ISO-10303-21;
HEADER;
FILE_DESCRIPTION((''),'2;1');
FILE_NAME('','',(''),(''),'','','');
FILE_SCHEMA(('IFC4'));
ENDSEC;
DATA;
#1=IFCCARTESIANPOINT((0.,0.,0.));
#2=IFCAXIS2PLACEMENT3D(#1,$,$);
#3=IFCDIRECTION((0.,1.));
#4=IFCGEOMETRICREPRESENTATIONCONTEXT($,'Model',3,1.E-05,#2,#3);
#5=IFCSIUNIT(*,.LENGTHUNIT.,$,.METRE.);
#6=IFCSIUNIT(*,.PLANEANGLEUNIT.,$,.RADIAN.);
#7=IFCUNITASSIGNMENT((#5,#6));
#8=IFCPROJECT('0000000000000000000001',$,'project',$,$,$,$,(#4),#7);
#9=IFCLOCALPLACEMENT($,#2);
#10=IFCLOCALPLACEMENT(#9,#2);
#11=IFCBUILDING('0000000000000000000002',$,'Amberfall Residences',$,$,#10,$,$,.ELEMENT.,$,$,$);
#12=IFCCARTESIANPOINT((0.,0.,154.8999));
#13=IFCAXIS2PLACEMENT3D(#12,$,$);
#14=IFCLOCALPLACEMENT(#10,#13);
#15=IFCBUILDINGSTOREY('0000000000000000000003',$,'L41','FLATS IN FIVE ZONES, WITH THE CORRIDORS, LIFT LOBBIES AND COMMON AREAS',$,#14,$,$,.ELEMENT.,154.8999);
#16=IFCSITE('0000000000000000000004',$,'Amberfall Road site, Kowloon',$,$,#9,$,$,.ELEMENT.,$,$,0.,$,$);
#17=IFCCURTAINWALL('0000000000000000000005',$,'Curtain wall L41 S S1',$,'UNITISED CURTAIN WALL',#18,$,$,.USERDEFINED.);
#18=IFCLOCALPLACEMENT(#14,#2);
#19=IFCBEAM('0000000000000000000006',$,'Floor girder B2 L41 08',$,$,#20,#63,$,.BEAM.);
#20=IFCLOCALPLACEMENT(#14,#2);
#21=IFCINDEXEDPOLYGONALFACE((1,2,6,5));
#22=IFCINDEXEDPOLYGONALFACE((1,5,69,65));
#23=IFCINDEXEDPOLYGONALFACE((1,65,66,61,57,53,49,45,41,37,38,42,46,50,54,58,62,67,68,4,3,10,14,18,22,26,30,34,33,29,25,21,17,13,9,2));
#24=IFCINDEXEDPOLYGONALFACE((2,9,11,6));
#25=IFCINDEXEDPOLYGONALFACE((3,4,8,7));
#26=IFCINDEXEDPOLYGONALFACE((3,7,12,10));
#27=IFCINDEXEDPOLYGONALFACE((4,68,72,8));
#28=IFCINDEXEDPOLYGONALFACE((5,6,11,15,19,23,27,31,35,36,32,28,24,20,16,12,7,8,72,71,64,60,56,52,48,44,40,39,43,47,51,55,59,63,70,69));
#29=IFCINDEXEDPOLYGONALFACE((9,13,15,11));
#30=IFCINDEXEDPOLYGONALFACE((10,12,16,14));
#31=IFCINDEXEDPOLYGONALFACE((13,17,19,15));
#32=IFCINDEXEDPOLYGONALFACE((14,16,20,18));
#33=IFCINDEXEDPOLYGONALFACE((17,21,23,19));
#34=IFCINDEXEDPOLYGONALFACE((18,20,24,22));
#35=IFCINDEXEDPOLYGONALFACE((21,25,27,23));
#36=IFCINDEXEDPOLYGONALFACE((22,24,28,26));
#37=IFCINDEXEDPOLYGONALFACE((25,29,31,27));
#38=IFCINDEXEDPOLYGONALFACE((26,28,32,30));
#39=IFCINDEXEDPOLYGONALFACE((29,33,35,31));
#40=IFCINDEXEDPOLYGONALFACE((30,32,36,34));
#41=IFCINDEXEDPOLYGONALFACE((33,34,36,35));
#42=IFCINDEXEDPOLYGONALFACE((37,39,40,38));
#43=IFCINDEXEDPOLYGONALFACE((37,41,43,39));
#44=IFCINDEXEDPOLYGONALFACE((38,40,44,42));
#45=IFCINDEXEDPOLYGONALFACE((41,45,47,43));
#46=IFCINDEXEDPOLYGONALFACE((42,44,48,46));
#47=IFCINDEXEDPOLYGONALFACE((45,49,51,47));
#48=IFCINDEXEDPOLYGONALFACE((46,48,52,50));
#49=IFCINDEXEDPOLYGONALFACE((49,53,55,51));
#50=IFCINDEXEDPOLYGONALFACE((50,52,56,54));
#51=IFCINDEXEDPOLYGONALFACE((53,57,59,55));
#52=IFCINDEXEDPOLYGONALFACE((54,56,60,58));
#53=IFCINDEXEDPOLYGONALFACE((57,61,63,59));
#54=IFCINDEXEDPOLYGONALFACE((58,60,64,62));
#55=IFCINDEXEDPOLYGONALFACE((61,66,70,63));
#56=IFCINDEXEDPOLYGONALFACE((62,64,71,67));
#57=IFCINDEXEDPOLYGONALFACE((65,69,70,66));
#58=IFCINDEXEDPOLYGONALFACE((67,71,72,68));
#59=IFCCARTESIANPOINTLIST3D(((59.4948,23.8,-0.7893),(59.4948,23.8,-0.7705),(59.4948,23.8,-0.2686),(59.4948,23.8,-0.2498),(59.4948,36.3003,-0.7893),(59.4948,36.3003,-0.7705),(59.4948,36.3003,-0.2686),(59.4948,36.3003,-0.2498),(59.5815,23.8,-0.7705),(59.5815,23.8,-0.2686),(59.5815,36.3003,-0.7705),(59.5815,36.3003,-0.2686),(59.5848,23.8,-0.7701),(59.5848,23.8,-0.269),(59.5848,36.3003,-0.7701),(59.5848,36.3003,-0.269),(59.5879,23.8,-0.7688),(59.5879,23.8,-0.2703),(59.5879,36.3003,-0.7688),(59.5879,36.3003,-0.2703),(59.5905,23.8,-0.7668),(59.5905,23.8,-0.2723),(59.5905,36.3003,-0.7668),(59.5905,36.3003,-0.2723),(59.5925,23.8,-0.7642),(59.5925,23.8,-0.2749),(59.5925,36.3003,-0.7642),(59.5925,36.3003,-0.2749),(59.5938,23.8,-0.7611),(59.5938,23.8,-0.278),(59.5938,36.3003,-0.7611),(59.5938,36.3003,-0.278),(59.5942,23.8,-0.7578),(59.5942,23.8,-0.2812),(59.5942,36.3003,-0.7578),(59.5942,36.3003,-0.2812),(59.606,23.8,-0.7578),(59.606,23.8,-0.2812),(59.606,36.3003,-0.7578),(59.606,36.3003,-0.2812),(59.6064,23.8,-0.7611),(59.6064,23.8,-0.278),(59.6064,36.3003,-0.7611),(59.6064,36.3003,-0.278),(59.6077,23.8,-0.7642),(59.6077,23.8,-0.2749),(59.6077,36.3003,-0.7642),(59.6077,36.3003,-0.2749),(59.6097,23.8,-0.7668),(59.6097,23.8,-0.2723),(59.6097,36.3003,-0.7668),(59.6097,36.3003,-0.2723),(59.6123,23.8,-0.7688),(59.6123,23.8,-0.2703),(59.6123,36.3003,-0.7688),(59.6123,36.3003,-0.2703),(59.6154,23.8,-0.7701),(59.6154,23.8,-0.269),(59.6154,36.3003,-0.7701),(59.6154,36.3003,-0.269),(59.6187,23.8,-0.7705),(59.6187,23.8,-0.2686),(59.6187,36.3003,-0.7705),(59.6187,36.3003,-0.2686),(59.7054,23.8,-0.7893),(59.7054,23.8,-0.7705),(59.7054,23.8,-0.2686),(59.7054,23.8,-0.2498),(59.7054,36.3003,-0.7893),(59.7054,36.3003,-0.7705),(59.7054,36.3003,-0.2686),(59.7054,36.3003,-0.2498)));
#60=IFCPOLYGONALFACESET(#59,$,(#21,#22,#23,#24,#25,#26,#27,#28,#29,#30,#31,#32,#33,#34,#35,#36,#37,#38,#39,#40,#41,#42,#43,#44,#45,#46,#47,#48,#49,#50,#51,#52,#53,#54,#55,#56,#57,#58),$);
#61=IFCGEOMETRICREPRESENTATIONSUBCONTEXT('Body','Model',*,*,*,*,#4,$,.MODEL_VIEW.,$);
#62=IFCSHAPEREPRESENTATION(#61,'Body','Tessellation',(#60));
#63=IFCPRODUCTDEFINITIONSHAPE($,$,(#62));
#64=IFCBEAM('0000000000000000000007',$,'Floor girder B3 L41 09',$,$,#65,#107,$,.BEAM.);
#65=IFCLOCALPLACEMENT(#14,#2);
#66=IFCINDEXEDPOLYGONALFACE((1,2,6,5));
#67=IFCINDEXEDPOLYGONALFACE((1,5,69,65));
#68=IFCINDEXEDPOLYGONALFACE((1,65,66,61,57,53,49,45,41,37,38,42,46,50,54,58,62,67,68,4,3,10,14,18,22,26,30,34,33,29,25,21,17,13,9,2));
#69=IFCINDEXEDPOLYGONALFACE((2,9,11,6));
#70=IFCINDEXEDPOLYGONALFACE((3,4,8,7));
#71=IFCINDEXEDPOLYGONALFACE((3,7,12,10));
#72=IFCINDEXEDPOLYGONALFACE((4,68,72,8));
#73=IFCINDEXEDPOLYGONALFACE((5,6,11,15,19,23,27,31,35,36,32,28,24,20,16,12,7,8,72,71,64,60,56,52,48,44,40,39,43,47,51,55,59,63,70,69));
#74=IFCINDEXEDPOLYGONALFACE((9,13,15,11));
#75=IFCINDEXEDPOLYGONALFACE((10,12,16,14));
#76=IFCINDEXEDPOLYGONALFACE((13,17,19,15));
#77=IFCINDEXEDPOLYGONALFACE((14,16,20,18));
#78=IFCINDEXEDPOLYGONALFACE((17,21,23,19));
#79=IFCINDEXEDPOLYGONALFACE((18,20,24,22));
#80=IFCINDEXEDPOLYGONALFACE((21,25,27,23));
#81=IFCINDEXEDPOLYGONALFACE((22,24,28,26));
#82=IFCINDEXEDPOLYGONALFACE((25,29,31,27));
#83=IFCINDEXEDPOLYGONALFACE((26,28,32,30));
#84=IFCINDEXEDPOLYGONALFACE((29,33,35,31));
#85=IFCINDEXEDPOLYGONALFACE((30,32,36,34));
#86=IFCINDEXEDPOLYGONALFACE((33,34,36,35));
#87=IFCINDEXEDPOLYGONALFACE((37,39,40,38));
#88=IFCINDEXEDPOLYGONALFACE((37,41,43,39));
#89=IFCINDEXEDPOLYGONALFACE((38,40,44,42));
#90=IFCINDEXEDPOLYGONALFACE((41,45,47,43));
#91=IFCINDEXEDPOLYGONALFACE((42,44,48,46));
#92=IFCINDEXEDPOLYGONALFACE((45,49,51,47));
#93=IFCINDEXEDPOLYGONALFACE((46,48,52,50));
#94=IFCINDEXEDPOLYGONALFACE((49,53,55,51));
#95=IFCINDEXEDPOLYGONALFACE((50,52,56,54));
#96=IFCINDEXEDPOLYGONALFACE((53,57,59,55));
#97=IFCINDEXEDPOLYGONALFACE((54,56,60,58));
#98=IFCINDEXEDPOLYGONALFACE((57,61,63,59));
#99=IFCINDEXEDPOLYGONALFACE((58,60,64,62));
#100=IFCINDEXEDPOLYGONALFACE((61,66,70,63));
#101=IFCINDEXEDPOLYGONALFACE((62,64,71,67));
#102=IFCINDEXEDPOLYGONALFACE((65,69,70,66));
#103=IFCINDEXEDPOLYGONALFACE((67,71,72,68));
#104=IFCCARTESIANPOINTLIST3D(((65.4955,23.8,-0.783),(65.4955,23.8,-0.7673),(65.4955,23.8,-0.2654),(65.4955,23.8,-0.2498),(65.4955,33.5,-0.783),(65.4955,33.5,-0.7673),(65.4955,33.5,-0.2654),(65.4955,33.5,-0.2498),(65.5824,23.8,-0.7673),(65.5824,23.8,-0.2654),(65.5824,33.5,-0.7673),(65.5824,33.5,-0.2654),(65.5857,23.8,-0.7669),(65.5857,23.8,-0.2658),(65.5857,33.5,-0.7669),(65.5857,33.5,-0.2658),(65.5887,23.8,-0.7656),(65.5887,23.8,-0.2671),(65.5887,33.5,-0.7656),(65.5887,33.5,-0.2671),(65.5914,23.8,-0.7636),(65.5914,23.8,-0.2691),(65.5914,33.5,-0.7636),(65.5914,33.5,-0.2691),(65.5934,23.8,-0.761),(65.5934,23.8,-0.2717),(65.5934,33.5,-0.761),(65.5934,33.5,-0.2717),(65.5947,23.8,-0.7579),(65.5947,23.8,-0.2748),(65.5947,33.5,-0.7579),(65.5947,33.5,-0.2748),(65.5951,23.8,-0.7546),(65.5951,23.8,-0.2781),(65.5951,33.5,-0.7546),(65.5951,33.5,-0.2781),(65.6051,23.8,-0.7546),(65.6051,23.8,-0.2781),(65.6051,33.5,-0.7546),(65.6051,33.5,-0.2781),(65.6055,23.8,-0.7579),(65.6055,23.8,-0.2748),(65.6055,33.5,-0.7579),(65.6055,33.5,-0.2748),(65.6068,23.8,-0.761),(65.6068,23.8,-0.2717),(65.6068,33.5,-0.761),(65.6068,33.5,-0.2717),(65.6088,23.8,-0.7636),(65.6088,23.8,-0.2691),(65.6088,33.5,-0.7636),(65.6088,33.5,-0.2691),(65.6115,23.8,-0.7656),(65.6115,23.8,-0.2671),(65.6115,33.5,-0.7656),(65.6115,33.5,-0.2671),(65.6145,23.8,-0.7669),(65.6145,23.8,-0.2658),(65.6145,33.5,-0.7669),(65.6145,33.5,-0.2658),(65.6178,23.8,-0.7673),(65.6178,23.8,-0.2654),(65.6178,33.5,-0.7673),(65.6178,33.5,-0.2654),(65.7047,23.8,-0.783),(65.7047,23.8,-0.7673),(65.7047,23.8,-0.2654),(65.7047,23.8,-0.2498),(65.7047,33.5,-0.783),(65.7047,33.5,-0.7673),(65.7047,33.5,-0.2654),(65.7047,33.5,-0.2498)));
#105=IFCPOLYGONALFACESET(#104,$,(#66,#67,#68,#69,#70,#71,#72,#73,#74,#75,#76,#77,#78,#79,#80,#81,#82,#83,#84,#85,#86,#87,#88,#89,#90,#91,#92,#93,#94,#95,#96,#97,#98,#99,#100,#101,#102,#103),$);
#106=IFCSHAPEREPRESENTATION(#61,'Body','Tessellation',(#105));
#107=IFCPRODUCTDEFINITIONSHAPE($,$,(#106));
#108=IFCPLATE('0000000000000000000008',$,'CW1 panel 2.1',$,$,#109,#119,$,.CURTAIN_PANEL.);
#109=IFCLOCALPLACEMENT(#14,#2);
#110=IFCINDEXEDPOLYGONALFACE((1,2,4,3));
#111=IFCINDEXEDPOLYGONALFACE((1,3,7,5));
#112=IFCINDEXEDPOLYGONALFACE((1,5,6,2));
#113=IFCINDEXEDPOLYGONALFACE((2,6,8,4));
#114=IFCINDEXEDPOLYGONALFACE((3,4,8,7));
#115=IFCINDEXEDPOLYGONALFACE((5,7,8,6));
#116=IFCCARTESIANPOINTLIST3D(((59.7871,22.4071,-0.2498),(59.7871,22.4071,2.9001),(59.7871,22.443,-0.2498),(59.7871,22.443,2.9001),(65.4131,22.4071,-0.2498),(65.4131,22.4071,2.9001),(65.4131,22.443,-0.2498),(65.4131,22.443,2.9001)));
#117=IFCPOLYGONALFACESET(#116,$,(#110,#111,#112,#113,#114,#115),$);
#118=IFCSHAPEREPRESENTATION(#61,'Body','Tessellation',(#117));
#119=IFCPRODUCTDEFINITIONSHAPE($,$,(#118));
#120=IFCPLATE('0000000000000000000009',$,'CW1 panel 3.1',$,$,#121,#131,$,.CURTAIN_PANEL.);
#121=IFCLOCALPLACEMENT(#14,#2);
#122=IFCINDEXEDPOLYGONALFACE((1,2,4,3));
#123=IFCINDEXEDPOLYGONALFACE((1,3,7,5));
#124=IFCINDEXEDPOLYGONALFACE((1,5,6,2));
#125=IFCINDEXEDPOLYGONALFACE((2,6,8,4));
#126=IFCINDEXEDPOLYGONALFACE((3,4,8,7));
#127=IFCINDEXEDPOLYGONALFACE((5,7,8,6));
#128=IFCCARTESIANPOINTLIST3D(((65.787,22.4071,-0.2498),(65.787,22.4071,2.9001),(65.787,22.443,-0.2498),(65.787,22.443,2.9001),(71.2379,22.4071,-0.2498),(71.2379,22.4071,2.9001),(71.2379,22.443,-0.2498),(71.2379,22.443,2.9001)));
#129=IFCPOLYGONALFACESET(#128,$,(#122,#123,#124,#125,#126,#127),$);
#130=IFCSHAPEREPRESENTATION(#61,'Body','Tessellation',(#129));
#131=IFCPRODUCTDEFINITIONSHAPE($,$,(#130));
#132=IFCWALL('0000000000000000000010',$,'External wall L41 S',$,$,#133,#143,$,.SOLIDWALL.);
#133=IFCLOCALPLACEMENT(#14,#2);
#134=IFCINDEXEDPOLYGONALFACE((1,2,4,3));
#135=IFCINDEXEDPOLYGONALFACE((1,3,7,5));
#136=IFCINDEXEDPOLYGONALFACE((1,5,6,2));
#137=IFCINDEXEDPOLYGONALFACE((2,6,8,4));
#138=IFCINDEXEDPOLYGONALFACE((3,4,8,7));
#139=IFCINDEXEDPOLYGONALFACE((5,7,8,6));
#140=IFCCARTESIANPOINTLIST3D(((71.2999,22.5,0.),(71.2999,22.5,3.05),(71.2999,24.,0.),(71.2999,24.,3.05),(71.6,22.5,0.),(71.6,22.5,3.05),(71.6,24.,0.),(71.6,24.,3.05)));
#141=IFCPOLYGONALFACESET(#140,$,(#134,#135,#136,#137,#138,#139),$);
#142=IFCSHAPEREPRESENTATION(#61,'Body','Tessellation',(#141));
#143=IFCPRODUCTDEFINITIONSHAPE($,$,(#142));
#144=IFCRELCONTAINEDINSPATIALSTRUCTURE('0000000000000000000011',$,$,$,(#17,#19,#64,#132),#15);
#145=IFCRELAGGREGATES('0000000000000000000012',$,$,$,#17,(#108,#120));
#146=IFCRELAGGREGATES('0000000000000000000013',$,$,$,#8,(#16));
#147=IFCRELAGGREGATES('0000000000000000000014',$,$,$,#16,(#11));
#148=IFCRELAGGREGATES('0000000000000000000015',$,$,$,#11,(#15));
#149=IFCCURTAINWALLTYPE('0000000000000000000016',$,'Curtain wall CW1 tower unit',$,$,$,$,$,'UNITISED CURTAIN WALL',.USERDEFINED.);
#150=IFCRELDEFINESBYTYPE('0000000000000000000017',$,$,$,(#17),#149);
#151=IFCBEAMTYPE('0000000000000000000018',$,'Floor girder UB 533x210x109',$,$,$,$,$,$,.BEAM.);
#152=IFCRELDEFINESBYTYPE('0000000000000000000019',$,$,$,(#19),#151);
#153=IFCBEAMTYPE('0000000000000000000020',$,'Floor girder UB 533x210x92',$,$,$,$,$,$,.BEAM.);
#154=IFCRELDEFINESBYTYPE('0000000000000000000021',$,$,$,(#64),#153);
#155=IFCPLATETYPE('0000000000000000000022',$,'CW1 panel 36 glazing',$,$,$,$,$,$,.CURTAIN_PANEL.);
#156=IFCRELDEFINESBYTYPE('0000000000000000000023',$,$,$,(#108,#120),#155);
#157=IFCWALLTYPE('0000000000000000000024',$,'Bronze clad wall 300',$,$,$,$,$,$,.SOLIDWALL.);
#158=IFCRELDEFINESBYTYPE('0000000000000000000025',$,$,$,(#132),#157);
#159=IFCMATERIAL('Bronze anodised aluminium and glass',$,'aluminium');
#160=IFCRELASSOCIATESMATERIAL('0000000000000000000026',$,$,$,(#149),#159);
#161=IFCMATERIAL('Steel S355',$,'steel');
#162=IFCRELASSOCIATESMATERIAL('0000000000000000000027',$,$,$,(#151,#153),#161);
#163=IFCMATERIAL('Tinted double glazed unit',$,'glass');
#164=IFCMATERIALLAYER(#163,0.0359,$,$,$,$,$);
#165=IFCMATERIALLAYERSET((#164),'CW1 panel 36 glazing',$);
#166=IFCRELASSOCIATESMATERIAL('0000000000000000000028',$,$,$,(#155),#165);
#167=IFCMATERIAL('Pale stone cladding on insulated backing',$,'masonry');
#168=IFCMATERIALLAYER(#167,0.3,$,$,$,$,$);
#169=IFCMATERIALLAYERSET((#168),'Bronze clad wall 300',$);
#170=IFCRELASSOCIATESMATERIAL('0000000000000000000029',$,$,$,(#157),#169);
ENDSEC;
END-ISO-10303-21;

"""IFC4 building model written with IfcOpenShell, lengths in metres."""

from ifc_helpers import new_model, si_unit, direction, frame, frame_2d, origin, origin_2d, place, context, subcontext, project, spatial, rectangle, i_section, extrude, material, layer, layer_set, material_profile, profile_set, type_object, element, aggregate, save


model = new_model("IFC4")

# Units and contexts
model_context = context("Model", 3, precision=1e-05, world=origin(), true_north=direction((0.0, 1.0)))
body_context = subcontext(model_context, "Body", "Model", "MODEL_VIEW")
ifc_project = project(units=[si_unit("LENGTHUNIT", "METRE"), si_unit("PLANEANGLEUNIT", "RADIAN")], contexts=[model_context])

# Site, building, storey
site_placement = place(None, origin())
site = spatial("IfcSite", under=ifc_project, at=site_placement, Name="Amberfall Road site, Kowloon", CompositionType="ELEMENT", RefElevation=0.0)
building_placement = place(site_placement, origin())
building = spatial("IfcBuilding", under=site, at=building_placement, Name="Amberfall Residences", CompositionType="ELEMENT")
storey_placement = place(building_placement, frame((0.0, 0.0, 154.8999)))
storey = spatial("IfcBuildingStorey", under=building, at=storey_placement, Name="L41", Description="FLATS IN FIVE ZONES, WITH THE CORRIDORS, LIFT LOBBIES AND COMMON AREAS", CompositionType="ELEMENT", Elevation=154.8999)

# Curtain wall
ifc_material_1 = material(Name="Bronze anodised aluminium and glass", Category="aluminium")
curtain_wall_type = type_object("IfcCurtainWallType", Name="Curtain wall CW1 tower unit", ElementType="UNITISED CURTAIN WALL", PredefinedType="USERDEFINED", material=ifc_material_1)
curtain_wall_placement = place(storey_placement, origin())
curtain_wall = element("IfcCurtainWall", 1, at=curtain_wall_placement, inside=storey, type_object=curtain_wall_type, Name="Curtain wall L41 S S1", ObjectType="UNITISED CURTAIN WALL", PredefinedType="USERDEFINED")

# Shared definitions
ifc_material_2 = material(Name="Steel S355", Category="steel")

# Beams
ifc_material_profile_1 = material_profile(ifc_material_2, i_section(OverallWidth=0.2107, OverallDepth=0.5396, WebThickness=0.0117, FlangeThickness=0.0188, FilletRadius=0.0127, at=origin_2d()), Name="UB 533x210x109")
ifc_profile_set_1 = profile_set([ifc_material_profile_1], Name="Steel S355")
beam_type_1 = type_object("IfcBeamType", Name="Floor girder UB 533x210x109", PredefinedType="BEAM", material=ifc_profile_set_1)
beam_1_placement = place(storey_placement, frame((59.6001, 23.8, -0.5195), z_axis=(0.0, 1.0, 0.0), x_axis=(-1.0, 0.0, 0.0)))
element("IfcBeam", 2, at=beam_1_placement, inside=storey, type_object=beam_type_1, Name="Floor girder B2 L41 08", PredefinedType="BEAM", context=body_context, shape_type="SweptSolid", body=[
    extrude(i_section(OverallWidth=0.2107, OverallDepth=0.5396, WebThickness=0.0117, FlangeThickness=0.0188, FilletRadius=0.0127, at=origin_2d()), origin(), (0.0, 0.0, 1.0), 12.5002),
])
ifc_material_profile_2 = material_profile(ifc_material_2, i_section(OverallWidth=0.2092, OverallDepth=0.5332, WebThickness=0.01, FlangeThickness=0.0156, FilletRadius=0.0127, at=origin_2d()), Name="UB 533x210x92")
ifc_profile_set_2 = profile_set([ifc_material_profile_2], Name="Steel S355")
beam_type_2 = type_object("IfcBeamType", Name="Floor girder UB 533x210x92", PredefinedType="BEAM", material=ifc_profile_set_2)
beam_2_placement = place(storey_placement, frame((65.6001, 23.8, -0.5164), z_axis=(0.0, 1.0, 0.0), x_axis=(-1.0, 0.0, 0.0)))
element("IfcBeam", 3, at=beam_2_placement, inside=storey, type_object=beam_type_2, Name="Floor girder B3 L41 09", PredefinedType="BEAM", context=body_context, shape_type="SweptSolid", body=[
    extrude(i_section(OverallWidth=0.2092, OverallDepth=0.5332, WebThickness=0.01, FlangeThickness=0.0156, FilletRadius=0.0127, at=origin_2d()), origin(), (0.0, 0.0, 1.0), 9.7),
])

# Plates
ifc_material_3 = material(Name="Tinted double glazed unit", Category="glass")
ifc_layer_1 = layer(ifc_material_3, 0.0359)
ifc_layer_set_1 = layer_set([ifc_layer_1], Name="CW1 panel 36 glazing")
plate_type = type_object("IfcPlateType", Name="CW1 panel 36 glazing", PredefinedType="CURTAIN_PANEL", material=ifc_layer_set_1)
plate_1_placement = place(storey_placement, frame((62.6001, 22.425, -0.2498), z_axis=(0.0, 0.0, 1.0), x_axis=(1.0, 0.0, 0.0)))
plate_1 = element("IfcPlate", 4, at=plate_1_placement, type_object=plate_type, Name="CW1 panel 2.1", PredefinedType="CURTAIN_PANEL", context=body_context, shape_type="SweptSolid", body=[
    extrude(rectangle(XDim=5.626, YDim=0.0359, at=origin_2d()), origin(), (0.0, 0.0, 1.0), 3.1499),
])
plate_2_placement = place(storey_placement, frame((68.5125, 22.425, -0.2498), z_axis=(0.0, 0.0, 1.0), x_axis=(1.0, 0.0, 0.0)))
plate_2 = element("IfcPlate", 5, at=plate_2_placement, type_object=plate_type, Name="CW1 panel 3.1", PredefinedType="CURTAIN_PANEL", context=body_context, shape_type="SweptSolid", body=[
    extrude(rectangle(XDim=5.4509, YDim=0.0359, at=origin_2d()), origin(), (0.0, 0.0, 1.0), 3.1499),
])
aggregate(curtain_wall, [plate_1, plate_2])

# Wall
ifc_material_4 = material(Name="Pale stone cladding on insulated backing", Category="masonry")
ifc_layer_2 = layer(ifc_material_4, 0.3)
ifc_layer_set_2 = layer_set([ifc_layer_2], Name="Bronze clad wall 300")
wall_type_1 = type_object("IfcWallType", Name="Bronze clad wall 300", PredefinedType="SOLIDWALL", material=ifc_layer_set_2)
wall_1_placement = place(storey_placement, frame((71.45, 22.5, 0.0), z_axis=(0.0, 0.0, 1.0), x_axis=(0.0, 1.0, 0.0)))
element("IfcWall", 6, at=wall_1_placement, inside=storey, type_object=wall_type_1, Name="External wall L41 S", PredefinedType="SOLIDWALL", context=body_context, shape_type="SweptSolid", body=[
    extrude(rectangle(XDim=1.5, YDim=0.3, at=frame_2d((0.75, 0.0))), origin(), (0.0, 0.0, 1.0), 3.05),
])

save(model, "model.ifc")
